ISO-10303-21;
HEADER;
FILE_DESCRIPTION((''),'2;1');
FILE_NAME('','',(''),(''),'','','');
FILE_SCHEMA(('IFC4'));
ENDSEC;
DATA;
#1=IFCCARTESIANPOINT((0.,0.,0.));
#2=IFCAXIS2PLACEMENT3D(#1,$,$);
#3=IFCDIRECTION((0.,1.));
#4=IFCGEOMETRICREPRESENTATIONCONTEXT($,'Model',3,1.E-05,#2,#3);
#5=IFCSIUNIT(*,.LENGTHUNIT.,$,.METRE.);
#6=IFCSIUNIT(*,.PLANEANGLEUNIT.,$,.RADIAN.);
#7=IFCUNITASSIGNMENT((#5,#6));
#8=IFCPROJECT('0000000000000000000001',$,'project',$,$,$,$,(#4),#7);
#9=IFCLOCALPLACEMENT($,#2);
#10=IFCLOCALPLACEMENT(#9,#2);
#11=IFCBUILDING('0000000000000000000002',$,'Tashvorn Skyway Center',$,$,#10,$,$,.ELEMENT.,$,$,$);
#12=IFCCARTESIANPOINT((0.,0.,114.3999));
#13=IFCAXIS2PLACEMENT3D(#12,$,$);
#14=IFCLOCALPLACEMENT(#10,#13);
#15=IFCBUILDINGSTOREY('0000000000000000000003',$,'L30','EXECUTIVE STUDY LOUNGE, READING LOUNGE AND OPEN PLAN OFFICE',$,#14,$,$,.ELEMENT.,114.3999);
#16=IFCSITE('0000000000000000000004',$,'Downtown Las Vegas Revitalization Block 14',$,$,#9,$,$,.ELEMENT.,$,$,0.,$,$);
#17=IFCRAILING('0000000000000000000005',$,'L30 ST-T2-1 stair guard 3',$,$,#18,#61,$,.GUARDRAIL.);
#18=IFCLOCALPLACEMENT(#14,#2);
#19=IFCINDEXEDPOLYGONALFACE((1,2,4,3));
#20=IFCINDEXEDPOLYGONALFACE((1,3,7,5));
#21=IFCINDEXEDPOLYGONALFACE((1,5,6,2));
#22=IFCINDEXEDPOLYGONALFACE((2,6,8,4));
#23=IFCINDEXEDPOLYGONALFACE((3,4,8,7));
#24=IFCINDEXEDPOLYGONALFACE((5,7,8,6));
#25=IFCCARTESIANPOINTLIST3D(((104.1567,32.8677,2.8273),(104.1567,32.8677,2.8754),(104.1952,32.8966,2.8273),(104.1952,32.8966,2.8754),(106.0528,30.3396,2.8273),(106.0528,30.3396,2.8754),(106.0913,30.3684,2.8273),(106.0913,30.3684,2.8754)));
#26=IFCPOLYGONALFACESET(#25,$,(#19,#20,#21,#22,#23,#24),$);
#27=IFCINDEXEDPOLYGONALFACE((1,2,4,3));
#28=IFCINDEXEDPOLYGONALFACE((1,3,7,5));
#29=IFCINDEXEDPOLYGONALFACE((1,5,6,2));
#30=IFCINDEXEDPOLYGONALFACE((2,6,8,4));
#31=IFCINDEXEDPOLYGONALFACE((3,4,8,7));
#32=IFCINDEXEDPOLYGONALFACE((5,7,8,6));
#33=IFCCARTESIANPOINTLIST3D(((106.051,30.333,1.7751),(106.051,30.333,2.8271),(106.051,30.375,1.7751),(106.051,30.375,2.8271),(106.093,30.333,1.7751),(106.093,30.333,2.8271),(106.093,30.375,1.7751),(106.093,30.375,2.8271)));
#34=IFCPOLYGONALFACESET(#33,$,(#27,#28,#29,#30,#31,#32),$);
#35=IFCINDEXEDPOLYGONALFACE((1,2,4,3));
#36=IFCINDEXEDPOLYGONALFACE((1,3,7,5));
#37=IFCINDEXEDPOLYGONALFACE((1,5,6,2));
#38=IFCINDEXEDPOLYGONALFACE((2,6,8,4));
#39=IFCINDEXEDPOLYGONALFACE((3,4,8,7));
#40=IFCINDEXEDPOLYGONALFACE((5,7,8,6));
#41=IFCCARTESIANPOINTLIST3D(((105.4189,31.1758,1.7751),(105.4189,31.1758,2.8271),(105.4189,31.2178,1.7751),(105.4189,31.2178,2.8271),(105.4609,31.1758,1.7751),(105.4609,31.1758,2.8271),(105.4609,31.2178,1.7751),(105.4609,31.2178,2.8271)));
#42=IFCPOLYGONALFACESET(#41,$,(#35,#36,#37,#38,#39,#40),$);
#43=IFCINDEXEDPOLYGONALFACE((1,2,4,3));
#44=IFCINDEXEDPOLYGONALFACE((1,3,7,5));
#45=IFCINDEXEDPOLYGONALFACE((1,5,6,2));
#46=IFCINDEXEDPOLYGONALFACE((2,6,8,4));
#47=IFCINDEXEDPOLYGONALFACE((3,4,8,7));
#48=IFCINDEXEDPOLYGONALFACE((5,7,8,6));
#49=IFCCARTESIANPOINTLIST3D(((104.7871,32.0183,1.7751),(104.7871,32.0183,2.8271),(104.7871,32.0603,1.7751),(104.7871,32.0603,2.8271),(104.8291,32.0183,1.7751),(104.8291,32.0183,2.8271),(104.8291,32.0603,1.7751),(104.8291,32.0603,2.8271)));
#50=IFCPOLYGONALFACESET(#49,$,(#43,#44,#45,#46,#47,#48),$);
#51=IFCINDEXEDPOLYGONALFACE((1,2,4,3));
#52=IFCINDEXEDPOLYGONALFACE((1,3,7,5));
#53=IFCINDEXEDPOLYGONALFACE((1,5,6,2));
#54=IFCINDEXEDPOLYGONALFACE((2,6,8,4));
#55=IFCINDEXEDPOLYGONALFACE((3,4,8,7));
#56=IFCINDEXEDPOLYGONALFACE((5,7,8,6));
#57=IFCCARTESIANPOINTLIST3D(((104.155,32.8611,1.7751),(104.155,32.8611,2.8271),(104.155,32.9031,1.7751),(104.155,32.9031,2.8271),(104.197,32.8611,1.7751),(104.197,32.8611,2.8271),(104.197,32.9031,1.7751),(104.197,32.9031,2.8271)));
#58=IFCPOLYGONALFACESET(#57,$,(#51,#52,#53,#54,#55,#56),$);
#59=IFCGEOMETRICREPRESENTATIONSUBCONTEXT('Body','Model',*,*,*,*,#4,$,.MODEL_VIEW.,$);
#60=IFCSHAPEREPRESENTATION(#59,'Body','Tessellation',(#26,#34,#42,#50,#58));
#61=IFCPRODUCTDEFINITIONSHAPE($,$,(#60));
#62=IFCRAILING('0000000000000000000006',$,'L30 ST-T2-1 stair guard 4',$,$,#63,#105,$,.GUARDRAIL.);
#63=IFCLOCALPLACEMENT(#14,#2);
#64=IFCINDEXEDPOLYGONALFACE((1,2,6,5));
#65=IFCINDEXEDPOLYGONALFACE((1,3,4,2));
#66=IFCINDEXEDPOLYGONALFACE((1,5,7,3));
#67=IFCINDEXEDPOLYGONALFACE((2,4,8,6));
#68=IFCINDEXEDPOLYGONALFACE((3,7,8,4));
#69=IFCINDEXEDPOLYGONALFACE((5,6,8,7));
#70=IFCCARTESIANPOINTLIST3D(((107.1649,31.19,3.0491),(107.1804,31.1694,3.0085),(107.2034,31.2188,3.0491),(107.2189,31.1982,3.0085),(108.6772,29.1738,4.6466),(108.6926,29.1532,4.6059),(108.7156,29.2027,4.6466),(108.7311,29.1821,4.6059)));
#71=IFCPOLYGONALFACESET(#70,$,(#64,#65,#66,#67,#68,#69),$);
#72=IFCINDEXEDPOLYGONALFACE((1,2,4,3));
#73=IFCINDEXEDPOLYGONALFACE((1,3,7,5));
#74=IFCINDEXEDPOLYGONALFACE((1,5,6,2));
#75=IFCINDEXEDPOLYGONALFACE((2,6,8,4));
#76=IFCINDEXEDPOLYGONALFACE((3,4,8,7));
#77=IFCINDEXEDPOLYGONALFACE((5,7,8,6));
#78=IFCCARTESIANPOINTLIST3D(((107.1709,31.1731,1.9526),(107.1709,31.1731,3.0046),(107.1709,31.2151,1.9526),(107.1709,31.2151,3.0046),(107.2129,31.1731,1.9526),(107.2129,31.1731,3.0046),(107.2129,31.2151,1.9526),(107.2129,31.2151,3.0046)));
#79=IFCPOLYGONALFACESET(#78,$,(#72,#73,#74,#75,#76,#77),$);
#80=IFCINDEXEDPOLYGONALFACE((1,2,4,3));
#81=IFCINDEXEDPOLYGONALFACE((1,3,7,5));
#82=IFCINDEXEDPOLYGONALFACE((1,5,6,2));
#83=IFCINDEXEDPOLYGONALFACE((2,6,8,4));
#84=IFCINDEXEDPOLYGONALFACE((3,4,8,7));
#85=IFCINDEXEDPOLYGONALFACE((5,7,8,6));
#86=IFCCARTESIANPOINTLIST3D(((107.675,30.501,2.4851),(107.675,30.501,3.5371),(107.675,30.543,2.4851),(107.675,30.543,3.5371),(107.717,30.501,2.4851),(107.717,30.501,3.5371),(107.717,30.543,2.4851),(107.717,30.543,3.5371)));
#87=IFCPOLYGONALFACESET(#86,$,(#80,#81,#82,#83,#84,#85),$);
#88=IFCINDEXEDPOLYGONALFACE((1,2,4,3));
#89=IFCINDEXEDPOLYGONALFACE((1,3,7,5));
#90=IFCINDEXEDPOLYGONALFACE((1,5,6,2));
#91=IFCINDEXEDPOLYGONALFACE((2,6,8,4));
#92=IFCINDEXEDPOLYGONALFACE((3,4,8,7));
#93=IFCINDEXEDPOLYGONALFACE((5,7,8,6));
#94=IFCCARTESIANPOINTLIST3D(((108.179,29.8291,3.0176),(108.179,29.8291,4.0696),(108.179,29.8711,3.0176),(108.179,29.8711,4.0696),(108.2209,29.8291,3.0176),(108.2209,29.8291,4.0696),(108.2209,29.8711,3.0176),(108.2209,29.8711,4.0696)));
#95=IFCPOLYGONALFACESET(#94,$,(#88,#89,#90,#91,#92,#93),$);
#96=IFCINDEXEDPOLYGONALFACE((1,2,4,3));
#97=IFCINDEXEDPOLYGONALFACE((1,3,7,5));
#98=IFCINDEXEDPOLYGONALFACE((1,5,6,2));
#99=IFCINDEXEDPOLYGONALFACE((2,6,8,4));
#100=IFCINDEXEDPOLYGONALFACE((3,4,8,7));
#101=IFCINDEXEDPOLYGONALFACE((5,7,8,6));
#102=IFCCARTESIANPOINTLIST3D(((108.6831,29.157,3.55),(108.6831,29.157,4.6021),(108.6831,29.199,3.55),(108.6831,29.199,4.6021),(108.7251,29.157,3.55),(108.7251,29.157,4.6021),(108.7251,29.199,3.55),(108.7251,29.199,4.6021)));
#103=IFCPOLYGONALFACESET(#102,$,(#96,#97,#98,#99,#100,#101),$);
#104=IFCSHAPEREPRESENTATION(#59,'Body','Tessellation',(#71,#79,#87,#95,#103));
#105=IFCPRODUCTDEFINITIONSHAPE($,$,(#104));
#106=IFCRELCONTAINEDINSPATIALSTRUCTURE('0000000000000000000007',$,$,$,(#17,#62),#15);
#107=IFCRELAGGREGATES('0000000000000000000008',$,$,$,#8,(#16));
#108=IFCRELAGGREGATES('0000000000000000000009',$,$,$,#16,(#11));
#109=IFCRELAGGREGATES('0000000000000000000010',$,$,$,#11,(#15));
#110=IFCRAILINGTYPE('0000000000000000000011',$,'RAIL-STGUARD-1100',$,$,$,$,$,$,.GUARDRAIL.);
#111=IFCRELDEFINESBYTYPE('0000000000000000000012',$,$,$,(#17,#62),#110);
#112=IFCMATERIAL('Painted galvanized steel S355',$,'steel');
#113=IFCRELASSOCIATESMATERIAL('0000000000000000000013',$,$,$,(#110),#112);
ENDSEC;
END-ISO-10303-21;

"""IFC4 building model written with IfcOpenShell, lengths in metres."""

from ifc_helpers import new_model, si_unit, direction, frame, origin, origin_2d, place, context, subcontext, project, spatial, rectangle, extrude, material, type_object, element, save


model = new_model("IFC4")

# Units and contexts
model_context = context("Model", 3, precision=1e-05, world=origin(), true_north=direction((0.0, 1.0)))
body_context = subcontext(model_context, "Body", "Model", "MODEL_VIEW")
ifc_project = project(units=[si_unit("LENGTHUNIT", "METRE"), si_unit("PLANEANGLEUNIT", "RADIAN")], contexts=[model_context])

# Site, building, storey
site_placement = place(None, origin())
site = spatial("IfcSite", under=ifc_project, at=site_placement, Name="Downtown Las Vegas Revitalization Block 14", CompositionType="ELEMENT", RefElevation=0.0)
building_placement = place(site_placement, origin())
building = spatial("IfcBuilding", under=site, at=building_placement, Name="Tashvorn Skyway Center", CompositionType="ELEMENT")
storey_placement = place(building_placement, frame((0.0, 0.0, 114.3999)))
storey = spatial("IfcBuildingStorey", under=building, at=storey_placement, Name="L30", Description="EXECUTIVE STUDY LOUNGE, READING LOUNGE AND OPEN PLAN OFFICE", CompositionType="ELEMENT", Elevation=114.3999)

# Railings
ifc_material_1 = material(Name="Painted galvanized steel S355", Category="steel")
railing_type_1 = type_object("IfcRailingType", Name="RAIL-STGUARD-1100", PredefinedType="GUARDRAIL", material=ifc_material_1)
railing_1_placement = place(storey_placement, frame((106.072, 30.354, 1.7751)))
element("IfcRailing", 1, at=railing_1_placement, inside=storey, type_object=railing_type_1, Name="L30 ST-T2-1 stair guard 3", PredefinedType="GUARDRAIL", context=body_context, shape_type="SweptSolid", body=[
    extrude(rectangle(XDim=0.0481, YDim=0.0481, at=origin_2d()), frame((0.0, 0.0, 1.0762), z_axis=(-0.599988, 0.800009, 0.0), x_axis=(-0.800009, -0.599988, 0.0)), (0.0, 0.0, 1.0), 3.1602),
    extrude(rectangle(XDim=0.042, YDim=0.042, at=origin_2d()), origin(), (0.0, 0.0, 1.0), 1.052),
    extrude(rectangle(XDim=0.042, YDim=0.042, at=origin_2d()), frame((-0.6321, 0.8428, 0.0)), (0.0, 0.0, 1.0), 1.052),
    extrude(rectangle(XDim=0.042, YDim=0.042, at=origin_2d()), frame((-1.2639, 1.6853, 0.0)), (0.0, 0.0, 1.0), 1.052),
    extrude(rectangle(XDim=0.042, YDim=0.042, at=origin_2d()), frame((-1.896, 2.5281, 0.0)), (0.0, 0.0, 1.0), 1.052),
])
railing_2_placement = place(storey_placement, frame((107.1919, 31.1941, 1.9526)))
element("IfcRailing", 2, at=railing_2_placement, inside=storey, type_object=railing_type_1, Name="L30 ST-T2-1 stair guard 4", PredefinedType="GUARDRAIL", context=body_context, shape_type="SweptSolid", body=[
    extrude(rectangle(XDim=0.0481, YDim=0.0481, at=origin_2d()), frame((0.0, 0.0, 1.0762), z_axis=(0.506802, -0.675681, 0.535357), x_axis=(0.799977, 0.600031, 0.0)), (0.0, 0.0, 1.0), 2.9839),
    extrude(rectangle(XDim=0.042, YDim=0.042, at=origin_2d()), origin(), (0.0, 0.0, 1.0), 1.052),
    extrude(rectangle(XDim=0.042, YDim=0.042, at=origin_2d()), frame((0.5042, -0.6721, 0.5325)), (0.0, 0.0, 1.0), 1.052),
    extrude(rectangle(XDim=0.042, YDim=0.042, at=origin_2d()), frame((1.0081, -1.344, 1.0649)), (0.0, 0.0, 1.0), 1.052),
    extrude(rectangle(XDim=0.042, YDim=0.042, at=origin_2d()), frame((1.5122, -2.0161, 1.5974)), (0.0, 0.0, 1.0), 1.052),
])

save(model, "model.ifc")
